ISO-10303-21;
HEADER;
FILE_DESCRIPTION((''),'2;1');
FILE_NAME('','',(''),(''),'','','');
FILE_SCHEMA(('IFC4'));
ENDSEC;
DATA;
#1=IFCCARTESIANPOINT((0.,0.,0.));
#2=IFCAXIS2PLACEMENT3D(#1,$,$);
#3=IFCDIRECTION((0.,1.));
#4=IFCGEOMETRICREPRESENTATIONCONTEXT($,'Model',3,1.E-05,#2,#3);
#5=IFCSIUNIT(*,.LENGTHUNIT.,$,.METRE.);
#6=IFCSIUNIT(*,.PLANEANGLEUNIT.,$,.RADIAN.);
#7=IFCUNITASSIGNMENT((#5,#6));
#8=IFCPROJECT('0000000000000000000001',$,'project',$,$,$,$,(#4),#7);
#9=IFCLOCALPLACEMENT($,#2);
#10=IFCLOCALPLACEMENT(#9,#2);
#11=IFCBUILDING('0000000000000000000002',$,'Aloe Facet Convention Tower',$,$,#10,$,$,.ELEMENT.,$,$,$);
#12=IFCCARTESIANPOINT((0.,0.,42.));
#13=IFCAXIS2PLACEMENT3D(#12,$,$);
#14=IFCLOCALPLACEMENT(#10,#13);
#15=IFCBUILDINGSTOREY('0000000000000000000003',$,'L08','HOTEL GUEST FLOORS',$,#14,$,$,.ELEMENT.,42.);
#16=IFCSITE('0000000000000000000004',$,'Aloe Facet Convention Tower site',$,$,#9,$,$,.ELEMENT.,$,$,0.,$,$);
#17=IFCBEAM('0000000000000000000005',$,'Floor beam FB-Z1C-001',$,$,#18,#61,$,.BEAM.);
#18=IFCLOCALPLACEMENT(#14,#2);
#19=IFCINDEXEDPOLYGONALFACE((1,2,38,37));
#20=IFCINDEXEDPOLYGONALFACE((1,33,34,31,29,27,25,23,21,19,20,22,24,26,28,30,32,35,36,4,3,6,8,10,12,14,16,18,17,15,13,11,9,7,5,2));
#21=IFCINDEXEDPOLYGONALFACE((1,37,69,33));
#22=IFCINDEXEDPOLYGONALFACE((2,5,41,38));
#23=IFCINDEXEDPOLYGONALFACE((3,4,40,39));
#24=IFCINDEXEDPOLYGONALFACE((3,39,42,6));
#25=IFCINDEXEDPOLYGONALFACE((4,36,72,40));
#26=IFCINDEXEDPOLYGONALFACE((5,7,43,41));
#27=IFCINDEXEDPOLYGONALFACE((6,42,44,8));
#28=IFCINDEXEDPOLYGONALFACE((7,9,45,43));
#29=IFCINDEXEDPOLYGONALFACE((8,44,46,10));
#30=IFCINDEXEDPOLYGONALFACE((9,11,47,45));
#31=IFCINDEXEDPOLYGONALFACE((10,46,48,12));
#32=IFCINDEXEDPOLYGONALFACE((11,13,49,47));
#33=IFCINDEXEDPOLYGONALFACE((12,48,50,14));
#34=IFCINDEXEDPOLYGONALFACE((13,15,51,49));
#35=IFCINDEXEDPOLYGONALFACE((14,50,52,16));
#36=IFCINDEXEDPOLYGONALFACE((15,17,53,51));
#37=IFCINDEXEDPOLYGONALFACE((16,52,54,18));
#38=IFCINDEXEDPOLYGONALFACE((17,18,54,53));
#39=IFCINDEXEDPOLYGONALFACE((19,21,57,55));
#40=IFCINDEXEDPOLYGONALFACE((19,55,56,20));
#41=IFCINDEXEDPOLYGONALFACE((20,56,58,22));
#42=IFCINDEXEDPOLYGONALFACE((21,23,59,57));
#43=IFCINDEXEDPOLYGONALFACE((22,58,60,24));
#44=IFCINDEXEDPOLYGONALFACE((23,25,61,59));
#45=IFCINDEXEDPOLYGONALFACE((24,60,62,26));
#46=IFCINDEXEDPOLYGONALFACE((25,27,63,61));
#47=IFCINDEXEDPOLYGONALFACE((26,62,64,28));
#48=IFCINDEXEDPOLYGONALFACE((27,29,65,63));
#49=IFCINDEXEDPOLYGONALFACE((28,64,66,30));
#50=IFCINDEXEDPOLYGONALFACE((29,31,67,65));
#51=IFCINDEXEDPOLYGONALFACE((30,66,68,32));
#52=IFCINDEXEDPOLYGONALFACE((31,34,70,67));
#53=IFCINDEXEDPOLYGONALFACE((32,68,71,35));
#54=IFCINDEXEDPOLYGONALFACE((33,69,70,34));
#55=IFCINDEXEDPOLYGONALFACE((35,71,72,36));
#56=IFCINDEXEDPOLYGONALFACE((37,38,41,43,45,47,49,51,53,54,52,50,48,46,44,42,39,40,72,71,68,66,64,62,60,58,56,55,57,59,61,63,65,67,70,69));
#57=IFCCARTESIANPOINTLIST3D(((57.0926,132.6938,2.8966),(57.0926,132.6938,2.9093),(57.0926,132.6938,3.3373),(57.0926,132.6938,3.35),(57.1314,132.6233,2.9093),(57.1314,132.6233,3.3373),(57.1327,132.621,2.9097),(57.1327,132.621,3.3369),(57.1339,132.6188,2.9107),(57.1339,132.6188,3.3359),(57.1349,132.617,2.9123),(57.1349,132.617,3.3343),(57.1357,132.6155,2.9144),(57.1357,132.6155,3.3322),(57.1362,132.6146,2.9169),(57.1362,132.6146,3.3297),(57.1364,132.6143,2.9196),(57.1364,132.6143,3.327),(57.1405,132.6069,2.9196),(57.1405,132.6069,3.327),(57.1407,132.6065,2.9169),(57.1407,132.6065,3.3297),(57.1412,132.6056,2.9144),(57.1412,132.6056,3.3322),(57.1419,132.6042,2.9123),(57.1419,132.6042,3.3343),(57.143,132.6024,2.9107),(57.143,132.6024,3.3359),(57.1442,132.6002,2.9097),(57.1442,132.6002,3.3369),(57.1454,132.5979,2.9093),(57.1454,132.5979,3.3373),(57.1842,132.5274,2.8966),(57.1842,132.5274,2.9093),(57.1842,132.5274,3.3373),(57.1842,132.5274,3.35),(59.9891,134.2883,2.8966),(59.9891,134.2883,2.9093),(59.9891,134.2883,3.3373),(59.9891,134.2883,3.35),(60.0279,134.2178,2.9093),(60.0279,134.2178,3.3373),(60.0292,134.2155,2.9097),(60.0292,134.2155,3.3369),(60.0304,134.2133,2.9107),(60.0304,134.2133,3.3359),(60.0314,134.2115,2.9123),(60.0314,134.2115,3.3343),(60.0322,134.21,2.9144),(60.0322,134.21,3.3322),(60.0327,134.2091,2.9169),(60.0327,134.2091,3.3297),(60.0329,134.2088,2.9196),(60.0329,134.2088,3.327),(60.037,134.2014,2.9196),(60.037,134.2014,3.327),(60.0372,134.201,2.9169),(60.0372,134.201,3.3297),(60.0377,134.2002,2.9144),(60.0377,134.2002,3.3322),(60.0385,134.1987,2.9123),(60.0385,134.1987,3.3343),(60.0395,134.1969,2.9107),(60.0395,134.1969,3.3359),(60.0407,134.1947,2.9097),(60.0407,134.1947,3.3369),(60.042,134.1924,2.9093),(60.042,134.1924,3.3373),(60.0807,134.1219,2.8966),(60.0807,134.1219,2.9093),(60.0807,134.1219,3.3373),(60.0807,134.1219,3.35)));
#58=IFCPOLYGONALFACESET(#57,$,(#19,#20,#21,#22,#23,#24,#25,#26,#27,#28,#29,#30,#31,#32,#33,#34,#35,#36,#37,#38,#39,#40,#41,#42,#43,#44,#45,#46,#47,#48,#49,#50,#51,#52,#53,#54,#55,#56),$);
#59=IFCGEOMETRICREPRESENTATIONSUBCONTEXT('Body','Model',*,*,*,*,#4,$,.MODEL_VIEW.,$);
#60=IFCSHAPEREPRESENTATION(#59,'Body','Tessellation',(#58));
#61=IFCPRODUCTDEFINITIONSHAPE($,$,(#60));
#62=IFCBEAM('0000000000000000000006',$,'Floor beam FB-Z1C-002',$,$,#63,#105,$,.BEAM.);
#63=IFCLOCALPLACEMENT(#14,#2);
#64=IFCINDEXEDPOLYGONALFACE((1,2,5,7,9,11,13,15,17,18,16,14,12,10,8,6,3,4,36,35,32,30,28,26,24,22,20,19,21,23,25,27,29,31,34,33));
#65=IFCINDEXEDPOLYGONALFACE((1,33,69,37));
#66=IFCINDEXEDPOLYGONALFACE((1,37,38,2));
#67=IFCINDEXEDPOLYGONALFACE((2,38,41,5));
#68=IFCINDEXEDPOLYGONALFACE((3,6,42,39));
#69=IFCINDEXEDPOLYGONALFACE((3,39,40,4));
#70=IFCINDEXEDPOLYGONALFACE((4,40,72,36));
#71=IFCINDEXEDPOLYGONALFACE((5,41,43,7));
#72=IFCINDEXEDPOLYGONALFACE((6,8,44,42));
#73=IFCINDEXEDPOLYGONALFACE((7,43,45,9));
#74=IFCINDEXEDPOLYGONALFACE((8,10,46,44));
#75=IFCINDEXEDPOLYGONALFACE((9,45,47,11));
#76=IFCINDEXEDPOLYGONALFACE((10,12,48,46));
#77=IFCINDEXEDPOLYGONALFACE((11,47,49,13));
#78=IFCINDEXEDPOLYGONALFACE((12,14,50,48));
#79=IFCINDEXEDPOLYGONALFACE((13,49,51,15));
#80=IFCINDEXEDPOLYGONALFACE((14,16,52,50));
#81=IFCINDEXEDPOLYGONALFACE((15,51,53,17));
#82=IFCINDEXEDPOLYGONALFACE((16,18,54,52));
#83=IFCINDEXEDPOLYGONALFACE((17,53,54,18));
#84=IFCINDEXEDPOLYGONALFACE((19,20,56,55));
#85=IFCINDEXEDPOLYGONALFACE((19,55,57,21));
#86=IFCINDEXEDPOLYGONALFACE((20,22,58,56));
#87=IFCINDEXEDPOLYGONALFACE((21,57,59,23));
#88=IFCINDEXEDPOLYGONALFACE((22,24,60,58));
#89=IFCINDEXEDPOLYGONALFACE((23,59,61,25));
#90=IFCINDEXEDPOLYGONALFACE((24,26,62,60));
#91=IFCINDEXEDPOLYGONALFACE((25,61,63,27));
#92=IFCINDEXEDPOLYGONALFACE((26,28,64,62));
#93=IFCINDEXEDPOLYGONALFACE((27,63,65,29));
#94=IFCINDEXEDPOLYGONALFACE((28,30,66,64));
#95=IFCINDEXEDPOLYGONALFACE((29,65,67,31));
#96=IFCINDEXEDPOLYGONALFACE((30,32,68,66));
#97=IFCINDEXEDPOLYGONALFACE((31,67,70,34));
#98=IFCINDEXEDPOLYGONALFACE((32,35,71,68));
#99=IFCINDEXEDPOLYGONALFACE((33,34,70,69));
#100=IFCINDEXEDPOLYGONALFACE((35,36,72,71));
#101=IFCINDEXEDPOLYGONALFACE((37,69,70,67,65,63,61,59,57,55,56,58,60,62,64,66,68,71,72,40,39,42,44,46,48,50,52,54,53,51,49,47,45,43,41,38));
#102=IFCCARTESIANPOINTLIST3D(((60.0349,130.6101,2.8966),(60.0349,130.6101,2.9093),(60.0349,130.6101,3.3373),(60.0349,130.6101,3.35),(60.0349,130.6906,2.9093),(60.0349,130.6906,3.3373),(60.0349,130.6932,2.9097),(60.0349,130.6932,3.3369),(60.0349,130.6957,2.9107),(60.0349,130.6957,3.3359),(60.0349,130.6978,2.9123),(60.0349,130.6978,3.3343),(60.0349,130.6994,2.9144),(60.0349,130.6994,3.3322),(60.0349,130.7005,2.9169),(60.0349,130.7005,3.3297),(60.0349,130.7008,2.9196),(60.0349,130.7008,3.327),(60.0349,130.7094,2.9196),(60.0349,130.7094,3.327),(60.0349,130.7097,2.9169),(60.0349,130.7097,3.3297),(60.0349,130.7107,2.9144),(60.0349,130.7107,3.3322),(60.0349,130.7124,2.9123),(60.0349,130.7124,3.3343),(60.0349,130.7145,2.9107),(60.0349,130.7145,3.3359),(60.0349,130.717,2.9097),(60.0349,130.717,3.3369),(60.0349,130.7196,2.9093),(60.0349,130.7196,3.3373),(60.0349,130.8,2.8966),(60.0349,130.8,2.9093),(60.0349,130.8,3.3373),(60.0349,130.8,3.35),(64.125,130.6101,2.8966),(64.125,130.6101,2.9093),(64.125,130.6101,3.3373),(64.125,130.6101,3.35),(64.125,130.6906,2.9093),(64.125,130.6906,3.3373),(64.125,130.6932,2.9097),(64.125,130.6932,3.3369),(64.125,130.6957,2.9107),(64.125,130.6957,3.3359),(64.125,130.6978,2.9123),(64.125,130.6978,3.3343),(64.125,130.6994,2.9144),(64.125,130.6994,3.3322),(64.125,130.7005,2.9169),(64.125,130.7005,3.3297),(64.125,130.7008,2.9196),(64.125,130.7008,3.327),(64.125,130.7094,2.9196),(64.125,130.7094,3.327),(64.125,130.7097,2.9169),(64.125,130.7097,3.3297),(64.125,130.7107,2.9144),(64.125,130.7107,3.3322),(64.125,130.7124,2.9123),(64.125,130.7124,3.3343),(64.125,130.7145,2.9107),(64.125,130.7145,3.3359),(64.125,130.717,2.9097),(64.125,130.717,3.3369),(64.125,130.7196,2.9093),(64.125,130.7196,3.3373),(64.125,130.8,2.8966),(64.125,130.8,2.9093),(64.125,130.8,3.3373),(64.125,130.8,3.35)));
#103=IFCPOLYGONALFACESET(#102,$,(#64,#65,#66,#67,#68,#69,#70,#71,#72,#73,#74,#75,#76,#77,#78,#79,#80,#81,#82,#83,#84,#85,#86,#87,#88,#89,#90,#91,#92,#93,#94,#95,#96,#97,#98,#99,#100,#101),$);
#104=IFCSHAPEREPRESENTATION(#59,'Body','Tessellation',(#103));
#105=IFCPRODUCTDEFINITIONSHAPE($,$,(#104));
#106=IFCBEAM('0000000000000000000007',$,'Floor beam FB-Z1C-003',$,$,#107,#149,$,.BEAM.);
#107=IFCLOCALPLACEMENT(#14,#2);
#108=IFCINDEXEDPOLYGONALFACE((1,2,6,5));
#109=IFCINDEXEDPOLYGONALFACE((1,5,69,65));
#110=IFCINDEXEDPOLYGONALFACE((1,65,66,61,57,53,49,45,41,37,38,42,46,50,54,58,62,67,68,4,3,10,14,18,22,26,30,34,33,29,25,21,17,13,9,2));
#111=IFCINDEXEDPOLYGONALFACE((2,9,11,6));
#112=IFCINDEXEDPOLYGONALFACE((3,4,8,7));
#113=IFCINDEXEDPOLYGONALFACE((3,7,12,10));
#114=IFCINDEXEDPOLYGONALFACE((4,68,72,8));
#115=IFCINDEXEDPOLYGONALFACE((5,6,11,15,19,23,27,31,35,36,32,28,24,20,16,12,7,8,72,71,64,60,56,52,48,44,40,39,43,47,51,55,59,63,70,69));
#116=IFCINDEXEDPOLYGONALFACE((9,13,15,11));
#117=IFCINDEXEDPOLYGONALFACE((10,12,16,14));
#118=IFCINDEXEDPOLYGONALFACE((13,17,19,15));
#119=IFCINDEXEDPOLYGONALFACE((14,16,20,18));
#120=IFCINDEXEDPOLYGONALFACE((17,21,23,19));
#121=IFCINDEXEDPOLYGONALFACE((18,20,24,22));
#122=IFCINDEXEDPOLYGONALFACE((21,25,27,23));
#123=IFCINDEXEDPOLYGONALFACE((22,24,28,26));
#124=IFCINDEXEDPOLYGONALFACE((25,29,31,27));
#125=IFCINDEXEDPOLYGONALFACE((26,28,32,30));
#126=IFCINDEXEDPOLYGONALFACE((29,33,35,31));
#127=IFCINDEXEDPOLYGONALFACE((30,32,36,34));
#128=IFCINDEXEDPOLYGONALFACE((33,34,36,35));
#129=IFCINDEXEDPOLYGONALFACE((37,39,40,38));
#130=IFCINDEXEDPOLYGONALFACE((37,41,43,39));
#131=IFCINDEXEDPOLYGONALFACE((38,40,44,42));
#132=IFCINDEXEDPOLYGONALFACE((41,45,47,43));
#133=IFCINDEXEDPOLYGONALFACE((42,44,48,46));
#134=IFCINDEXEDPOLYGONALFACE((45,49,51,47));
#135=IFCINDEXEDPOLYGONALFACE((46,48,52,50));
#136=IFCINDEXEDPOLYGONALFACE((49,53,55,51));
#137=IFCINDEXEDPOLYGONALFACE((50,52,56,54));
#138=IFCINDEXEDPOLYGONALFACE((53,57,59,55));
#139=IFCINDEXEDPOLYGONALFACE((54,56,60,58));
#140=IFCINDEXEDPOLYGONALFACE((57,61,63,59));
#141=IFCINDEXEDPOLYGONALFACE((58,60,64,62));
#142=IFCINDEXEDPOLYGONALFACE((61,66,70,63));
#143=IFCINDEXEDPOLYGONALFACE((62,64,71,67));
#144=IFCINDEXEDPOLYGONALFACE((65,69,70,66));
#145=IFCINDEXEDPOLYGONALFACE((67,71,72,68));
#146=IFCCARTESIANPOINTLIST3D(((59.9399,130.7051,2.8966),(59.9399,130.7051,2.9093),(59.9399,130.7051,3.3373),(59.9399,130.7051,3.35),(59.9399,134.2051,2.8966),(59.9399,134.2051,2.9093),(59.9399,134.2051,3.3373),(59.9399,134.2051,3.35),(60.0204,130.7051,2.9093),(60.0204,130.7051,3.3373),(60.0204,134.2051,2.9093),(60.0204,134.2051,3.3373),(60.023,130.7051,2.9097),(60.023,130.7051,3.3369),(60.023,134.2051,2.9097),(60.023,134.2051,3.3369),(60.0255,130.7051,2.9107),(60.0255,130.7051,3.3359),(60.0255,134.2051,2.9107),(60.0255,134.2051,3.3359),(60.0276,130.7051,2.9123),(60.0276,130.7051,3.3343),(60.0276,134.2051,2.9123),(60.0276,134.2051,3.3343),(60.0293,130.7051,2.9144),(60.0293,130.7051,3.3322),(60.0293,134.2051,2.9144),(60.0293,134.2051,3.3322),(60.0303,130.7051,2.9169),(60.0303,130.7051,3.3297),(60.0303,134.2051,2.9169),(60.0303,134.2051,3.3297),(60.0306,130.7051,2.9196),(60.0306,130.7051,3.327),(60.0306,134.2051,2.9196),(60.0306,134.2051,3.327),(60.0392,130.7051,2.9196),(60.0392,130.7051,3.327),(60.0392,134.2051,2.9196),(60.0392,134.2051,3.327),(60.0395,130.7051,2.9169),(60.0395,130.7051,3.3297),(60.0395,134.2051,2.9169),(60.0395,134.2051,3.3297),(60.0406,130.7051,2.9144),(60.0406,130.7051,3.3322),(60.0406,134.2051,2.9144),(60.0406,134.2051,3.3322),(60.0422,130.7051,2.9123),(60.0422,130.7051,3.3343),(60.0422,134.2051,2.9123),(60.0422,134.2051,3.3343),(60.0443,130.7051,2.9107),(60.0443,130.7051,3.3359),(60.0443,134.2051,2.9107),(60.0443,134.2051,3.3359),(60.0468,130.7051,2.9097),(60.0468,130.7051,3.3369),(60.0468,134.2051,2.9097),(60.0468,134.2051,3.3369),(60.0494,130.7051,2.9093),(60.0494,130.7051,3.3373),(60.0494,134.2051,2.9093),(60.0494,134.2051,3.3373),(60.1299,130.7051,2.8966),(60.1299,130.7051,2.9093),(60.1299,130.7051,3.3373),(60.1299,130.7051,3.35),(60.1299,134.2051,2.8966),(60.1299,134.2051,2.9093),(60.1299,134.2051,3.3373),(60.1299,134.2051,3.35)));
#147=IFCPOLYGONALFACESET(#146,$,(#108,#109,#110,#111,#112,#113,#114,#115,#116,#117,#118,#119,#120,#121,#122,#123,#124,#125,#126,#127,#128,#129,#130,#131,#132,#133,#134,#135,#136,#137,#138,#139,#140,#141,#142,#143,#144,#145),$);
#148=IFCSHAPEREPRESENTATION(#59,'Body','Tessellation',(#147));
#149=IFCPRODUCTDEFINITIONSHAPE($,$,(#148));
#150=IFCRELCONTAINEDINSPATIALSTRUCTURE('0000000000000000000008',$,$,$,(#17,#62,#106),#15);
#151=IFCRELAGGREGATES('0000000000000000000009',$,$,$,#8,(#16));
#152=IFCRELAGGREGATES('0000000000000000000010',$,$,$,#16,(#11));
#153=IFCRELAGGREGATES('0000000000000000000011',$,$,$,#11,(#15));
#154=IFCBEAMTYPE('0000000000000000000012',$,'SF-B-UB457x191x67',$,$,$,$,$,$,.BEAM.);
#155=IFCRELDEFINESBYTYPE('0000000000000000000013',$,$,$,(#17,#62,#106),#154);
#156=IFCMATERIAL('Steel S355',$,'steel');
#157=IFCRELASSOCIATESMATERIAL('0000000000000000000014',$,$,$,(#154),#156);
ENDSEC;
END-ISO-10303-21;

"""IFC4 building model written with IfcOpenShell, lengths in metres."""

from ifc_helpers import new_model, si_unit, direction, frame, origin, origin_2d, place, context, subcontext, project, spatial, i_section, extrude, material, material_profile, profile_set, type_object, element, save


model = new_model("IFC4")

# Units and contexts
model_context = context("Model", 3, precision=1e-05, world=origin(), true_north=direction((0.0, 1.0)))
body_context = subcontext(model_context, "Body", "Model", "MODEL_VIEW")
ifc_project = project(units=[si_unit("LENGTHUNIT", "METRE"), si_unit("PLANEANGLEUNIT", "RADIAN")], contexts=[model_context])

# Site, building, storey
site_placement = place(None, origin())
site = spatial("IfcSite", under=ifc_project, at=site_placement, Name="Aloe Facet Convention Tower site", CompositionType="ELEMENT", RefElevation=0.0)
building_placement = place(site_placement, origin())
building = spatial("IfcBuilding", under=site, at=building_placement, Name="Aloe Facet Convention Tower", CompositionType="ELEMENT")
storey_placement = place(building_placement, frame((0.0, 0.0, 42.0)))
storey = spatial("IfcBuildingStorey", under=building, at=storey_placement, Name="L08", Description="HOTEL GUEST FLOORS", CompositionType="ELEMENT", Elevation=42.0)

# Beams
ifc_material_1 = material(Name="Steel S355", Category="steel")
ifc_material_profile_1 = material_profile(ifc_material_1, i_section(OverallWidth=0.1899, OverallDepth=0.4534, WebThickness=0.0085, FlangeThickness=0.0127, FilletRadius=0.0103, at=origin_2d()), Name="UB 457x191x67")
ifc_profile_set_1 = profile_set([ifc_material_profile_1], Name="Steel S355")
beam_type_1 = type_object("IfcBeamType", Name="SF-B-UB457x191x67", PredefinedType="BEAM", material=ifc_profile_set_1)
beam_1_placement = place(storey_placement, frame((57.1384, 132.6106, 3.1233), z_axis=(0.876035, 0.482248, 0.0), x_axis=(-0.482248, 0.876035, 0.0)))
element("IfcBeam", 1, at=beam_1_placement, inside=storey, type_object=beam_type_1, Name="Floor beam FB-Z1C-001", PredefinedType="BEAM", context=body_context, shape_type="SweptSolid", body=[
    extrude(i_section(OverallWidth=0.1899, OverallDepth=0.4534, WebThickness=0.0085, FlangeThickness=0.0127, FilletRadius=0.0103, at=origin_2d()), origin(), (0.0, 0.0, 1.0), 3.3064),
])
beam_2_placement = place(storey_placement, frame((60.0349, 130.7051, 3.1233), z_axis=(1.0, 0.0, 0.0), x_axis=(0.0, 1.0, 0.0)))
element("IfcBeam", 2, at=beam_2_placement, inside=storey, type_object=beam_type_1, Name="Floor beam FB-Z1C-002", PredefinedType="BEAM", context=body_context, shape_type="SweptSolid", body=[
    extrude(i_section(OverallWidth=0.1899, OverallDepth=0.4534, WebThickness=0.0085, FlangeThickness=0.0127, FilletRadius=0.0103, at=origin_2d()), origin(), (0.0, 0.0, 1.0), 4.0901),
])
beam_3_placement = place(storey_placement, frame((60.0349, 134.2051, 3.1233), z_axis=(0.0, -1.0, 0.0), x_axis=(1.0, 0.0, 0.0)))
element("IfcBeam", 3, at=beam_3_placement, inside=storey, type_object=beam_type_1, Name="Floor beam FB-Z1C-003", PredefinedType="BEAM", context=body_context, shape_type="SweptSolid", body=[
    extrude(i_section(OverallWidth=0.1899, OverallDepth=0.4534, WebThickness=0.0085, FlangeThickness=0.0127, FilletRadius=0.0103, at=origin_2d()), origin(), (0.0, 0.0, 1.0), 3.5),
])

save(model, "model.ifc")
